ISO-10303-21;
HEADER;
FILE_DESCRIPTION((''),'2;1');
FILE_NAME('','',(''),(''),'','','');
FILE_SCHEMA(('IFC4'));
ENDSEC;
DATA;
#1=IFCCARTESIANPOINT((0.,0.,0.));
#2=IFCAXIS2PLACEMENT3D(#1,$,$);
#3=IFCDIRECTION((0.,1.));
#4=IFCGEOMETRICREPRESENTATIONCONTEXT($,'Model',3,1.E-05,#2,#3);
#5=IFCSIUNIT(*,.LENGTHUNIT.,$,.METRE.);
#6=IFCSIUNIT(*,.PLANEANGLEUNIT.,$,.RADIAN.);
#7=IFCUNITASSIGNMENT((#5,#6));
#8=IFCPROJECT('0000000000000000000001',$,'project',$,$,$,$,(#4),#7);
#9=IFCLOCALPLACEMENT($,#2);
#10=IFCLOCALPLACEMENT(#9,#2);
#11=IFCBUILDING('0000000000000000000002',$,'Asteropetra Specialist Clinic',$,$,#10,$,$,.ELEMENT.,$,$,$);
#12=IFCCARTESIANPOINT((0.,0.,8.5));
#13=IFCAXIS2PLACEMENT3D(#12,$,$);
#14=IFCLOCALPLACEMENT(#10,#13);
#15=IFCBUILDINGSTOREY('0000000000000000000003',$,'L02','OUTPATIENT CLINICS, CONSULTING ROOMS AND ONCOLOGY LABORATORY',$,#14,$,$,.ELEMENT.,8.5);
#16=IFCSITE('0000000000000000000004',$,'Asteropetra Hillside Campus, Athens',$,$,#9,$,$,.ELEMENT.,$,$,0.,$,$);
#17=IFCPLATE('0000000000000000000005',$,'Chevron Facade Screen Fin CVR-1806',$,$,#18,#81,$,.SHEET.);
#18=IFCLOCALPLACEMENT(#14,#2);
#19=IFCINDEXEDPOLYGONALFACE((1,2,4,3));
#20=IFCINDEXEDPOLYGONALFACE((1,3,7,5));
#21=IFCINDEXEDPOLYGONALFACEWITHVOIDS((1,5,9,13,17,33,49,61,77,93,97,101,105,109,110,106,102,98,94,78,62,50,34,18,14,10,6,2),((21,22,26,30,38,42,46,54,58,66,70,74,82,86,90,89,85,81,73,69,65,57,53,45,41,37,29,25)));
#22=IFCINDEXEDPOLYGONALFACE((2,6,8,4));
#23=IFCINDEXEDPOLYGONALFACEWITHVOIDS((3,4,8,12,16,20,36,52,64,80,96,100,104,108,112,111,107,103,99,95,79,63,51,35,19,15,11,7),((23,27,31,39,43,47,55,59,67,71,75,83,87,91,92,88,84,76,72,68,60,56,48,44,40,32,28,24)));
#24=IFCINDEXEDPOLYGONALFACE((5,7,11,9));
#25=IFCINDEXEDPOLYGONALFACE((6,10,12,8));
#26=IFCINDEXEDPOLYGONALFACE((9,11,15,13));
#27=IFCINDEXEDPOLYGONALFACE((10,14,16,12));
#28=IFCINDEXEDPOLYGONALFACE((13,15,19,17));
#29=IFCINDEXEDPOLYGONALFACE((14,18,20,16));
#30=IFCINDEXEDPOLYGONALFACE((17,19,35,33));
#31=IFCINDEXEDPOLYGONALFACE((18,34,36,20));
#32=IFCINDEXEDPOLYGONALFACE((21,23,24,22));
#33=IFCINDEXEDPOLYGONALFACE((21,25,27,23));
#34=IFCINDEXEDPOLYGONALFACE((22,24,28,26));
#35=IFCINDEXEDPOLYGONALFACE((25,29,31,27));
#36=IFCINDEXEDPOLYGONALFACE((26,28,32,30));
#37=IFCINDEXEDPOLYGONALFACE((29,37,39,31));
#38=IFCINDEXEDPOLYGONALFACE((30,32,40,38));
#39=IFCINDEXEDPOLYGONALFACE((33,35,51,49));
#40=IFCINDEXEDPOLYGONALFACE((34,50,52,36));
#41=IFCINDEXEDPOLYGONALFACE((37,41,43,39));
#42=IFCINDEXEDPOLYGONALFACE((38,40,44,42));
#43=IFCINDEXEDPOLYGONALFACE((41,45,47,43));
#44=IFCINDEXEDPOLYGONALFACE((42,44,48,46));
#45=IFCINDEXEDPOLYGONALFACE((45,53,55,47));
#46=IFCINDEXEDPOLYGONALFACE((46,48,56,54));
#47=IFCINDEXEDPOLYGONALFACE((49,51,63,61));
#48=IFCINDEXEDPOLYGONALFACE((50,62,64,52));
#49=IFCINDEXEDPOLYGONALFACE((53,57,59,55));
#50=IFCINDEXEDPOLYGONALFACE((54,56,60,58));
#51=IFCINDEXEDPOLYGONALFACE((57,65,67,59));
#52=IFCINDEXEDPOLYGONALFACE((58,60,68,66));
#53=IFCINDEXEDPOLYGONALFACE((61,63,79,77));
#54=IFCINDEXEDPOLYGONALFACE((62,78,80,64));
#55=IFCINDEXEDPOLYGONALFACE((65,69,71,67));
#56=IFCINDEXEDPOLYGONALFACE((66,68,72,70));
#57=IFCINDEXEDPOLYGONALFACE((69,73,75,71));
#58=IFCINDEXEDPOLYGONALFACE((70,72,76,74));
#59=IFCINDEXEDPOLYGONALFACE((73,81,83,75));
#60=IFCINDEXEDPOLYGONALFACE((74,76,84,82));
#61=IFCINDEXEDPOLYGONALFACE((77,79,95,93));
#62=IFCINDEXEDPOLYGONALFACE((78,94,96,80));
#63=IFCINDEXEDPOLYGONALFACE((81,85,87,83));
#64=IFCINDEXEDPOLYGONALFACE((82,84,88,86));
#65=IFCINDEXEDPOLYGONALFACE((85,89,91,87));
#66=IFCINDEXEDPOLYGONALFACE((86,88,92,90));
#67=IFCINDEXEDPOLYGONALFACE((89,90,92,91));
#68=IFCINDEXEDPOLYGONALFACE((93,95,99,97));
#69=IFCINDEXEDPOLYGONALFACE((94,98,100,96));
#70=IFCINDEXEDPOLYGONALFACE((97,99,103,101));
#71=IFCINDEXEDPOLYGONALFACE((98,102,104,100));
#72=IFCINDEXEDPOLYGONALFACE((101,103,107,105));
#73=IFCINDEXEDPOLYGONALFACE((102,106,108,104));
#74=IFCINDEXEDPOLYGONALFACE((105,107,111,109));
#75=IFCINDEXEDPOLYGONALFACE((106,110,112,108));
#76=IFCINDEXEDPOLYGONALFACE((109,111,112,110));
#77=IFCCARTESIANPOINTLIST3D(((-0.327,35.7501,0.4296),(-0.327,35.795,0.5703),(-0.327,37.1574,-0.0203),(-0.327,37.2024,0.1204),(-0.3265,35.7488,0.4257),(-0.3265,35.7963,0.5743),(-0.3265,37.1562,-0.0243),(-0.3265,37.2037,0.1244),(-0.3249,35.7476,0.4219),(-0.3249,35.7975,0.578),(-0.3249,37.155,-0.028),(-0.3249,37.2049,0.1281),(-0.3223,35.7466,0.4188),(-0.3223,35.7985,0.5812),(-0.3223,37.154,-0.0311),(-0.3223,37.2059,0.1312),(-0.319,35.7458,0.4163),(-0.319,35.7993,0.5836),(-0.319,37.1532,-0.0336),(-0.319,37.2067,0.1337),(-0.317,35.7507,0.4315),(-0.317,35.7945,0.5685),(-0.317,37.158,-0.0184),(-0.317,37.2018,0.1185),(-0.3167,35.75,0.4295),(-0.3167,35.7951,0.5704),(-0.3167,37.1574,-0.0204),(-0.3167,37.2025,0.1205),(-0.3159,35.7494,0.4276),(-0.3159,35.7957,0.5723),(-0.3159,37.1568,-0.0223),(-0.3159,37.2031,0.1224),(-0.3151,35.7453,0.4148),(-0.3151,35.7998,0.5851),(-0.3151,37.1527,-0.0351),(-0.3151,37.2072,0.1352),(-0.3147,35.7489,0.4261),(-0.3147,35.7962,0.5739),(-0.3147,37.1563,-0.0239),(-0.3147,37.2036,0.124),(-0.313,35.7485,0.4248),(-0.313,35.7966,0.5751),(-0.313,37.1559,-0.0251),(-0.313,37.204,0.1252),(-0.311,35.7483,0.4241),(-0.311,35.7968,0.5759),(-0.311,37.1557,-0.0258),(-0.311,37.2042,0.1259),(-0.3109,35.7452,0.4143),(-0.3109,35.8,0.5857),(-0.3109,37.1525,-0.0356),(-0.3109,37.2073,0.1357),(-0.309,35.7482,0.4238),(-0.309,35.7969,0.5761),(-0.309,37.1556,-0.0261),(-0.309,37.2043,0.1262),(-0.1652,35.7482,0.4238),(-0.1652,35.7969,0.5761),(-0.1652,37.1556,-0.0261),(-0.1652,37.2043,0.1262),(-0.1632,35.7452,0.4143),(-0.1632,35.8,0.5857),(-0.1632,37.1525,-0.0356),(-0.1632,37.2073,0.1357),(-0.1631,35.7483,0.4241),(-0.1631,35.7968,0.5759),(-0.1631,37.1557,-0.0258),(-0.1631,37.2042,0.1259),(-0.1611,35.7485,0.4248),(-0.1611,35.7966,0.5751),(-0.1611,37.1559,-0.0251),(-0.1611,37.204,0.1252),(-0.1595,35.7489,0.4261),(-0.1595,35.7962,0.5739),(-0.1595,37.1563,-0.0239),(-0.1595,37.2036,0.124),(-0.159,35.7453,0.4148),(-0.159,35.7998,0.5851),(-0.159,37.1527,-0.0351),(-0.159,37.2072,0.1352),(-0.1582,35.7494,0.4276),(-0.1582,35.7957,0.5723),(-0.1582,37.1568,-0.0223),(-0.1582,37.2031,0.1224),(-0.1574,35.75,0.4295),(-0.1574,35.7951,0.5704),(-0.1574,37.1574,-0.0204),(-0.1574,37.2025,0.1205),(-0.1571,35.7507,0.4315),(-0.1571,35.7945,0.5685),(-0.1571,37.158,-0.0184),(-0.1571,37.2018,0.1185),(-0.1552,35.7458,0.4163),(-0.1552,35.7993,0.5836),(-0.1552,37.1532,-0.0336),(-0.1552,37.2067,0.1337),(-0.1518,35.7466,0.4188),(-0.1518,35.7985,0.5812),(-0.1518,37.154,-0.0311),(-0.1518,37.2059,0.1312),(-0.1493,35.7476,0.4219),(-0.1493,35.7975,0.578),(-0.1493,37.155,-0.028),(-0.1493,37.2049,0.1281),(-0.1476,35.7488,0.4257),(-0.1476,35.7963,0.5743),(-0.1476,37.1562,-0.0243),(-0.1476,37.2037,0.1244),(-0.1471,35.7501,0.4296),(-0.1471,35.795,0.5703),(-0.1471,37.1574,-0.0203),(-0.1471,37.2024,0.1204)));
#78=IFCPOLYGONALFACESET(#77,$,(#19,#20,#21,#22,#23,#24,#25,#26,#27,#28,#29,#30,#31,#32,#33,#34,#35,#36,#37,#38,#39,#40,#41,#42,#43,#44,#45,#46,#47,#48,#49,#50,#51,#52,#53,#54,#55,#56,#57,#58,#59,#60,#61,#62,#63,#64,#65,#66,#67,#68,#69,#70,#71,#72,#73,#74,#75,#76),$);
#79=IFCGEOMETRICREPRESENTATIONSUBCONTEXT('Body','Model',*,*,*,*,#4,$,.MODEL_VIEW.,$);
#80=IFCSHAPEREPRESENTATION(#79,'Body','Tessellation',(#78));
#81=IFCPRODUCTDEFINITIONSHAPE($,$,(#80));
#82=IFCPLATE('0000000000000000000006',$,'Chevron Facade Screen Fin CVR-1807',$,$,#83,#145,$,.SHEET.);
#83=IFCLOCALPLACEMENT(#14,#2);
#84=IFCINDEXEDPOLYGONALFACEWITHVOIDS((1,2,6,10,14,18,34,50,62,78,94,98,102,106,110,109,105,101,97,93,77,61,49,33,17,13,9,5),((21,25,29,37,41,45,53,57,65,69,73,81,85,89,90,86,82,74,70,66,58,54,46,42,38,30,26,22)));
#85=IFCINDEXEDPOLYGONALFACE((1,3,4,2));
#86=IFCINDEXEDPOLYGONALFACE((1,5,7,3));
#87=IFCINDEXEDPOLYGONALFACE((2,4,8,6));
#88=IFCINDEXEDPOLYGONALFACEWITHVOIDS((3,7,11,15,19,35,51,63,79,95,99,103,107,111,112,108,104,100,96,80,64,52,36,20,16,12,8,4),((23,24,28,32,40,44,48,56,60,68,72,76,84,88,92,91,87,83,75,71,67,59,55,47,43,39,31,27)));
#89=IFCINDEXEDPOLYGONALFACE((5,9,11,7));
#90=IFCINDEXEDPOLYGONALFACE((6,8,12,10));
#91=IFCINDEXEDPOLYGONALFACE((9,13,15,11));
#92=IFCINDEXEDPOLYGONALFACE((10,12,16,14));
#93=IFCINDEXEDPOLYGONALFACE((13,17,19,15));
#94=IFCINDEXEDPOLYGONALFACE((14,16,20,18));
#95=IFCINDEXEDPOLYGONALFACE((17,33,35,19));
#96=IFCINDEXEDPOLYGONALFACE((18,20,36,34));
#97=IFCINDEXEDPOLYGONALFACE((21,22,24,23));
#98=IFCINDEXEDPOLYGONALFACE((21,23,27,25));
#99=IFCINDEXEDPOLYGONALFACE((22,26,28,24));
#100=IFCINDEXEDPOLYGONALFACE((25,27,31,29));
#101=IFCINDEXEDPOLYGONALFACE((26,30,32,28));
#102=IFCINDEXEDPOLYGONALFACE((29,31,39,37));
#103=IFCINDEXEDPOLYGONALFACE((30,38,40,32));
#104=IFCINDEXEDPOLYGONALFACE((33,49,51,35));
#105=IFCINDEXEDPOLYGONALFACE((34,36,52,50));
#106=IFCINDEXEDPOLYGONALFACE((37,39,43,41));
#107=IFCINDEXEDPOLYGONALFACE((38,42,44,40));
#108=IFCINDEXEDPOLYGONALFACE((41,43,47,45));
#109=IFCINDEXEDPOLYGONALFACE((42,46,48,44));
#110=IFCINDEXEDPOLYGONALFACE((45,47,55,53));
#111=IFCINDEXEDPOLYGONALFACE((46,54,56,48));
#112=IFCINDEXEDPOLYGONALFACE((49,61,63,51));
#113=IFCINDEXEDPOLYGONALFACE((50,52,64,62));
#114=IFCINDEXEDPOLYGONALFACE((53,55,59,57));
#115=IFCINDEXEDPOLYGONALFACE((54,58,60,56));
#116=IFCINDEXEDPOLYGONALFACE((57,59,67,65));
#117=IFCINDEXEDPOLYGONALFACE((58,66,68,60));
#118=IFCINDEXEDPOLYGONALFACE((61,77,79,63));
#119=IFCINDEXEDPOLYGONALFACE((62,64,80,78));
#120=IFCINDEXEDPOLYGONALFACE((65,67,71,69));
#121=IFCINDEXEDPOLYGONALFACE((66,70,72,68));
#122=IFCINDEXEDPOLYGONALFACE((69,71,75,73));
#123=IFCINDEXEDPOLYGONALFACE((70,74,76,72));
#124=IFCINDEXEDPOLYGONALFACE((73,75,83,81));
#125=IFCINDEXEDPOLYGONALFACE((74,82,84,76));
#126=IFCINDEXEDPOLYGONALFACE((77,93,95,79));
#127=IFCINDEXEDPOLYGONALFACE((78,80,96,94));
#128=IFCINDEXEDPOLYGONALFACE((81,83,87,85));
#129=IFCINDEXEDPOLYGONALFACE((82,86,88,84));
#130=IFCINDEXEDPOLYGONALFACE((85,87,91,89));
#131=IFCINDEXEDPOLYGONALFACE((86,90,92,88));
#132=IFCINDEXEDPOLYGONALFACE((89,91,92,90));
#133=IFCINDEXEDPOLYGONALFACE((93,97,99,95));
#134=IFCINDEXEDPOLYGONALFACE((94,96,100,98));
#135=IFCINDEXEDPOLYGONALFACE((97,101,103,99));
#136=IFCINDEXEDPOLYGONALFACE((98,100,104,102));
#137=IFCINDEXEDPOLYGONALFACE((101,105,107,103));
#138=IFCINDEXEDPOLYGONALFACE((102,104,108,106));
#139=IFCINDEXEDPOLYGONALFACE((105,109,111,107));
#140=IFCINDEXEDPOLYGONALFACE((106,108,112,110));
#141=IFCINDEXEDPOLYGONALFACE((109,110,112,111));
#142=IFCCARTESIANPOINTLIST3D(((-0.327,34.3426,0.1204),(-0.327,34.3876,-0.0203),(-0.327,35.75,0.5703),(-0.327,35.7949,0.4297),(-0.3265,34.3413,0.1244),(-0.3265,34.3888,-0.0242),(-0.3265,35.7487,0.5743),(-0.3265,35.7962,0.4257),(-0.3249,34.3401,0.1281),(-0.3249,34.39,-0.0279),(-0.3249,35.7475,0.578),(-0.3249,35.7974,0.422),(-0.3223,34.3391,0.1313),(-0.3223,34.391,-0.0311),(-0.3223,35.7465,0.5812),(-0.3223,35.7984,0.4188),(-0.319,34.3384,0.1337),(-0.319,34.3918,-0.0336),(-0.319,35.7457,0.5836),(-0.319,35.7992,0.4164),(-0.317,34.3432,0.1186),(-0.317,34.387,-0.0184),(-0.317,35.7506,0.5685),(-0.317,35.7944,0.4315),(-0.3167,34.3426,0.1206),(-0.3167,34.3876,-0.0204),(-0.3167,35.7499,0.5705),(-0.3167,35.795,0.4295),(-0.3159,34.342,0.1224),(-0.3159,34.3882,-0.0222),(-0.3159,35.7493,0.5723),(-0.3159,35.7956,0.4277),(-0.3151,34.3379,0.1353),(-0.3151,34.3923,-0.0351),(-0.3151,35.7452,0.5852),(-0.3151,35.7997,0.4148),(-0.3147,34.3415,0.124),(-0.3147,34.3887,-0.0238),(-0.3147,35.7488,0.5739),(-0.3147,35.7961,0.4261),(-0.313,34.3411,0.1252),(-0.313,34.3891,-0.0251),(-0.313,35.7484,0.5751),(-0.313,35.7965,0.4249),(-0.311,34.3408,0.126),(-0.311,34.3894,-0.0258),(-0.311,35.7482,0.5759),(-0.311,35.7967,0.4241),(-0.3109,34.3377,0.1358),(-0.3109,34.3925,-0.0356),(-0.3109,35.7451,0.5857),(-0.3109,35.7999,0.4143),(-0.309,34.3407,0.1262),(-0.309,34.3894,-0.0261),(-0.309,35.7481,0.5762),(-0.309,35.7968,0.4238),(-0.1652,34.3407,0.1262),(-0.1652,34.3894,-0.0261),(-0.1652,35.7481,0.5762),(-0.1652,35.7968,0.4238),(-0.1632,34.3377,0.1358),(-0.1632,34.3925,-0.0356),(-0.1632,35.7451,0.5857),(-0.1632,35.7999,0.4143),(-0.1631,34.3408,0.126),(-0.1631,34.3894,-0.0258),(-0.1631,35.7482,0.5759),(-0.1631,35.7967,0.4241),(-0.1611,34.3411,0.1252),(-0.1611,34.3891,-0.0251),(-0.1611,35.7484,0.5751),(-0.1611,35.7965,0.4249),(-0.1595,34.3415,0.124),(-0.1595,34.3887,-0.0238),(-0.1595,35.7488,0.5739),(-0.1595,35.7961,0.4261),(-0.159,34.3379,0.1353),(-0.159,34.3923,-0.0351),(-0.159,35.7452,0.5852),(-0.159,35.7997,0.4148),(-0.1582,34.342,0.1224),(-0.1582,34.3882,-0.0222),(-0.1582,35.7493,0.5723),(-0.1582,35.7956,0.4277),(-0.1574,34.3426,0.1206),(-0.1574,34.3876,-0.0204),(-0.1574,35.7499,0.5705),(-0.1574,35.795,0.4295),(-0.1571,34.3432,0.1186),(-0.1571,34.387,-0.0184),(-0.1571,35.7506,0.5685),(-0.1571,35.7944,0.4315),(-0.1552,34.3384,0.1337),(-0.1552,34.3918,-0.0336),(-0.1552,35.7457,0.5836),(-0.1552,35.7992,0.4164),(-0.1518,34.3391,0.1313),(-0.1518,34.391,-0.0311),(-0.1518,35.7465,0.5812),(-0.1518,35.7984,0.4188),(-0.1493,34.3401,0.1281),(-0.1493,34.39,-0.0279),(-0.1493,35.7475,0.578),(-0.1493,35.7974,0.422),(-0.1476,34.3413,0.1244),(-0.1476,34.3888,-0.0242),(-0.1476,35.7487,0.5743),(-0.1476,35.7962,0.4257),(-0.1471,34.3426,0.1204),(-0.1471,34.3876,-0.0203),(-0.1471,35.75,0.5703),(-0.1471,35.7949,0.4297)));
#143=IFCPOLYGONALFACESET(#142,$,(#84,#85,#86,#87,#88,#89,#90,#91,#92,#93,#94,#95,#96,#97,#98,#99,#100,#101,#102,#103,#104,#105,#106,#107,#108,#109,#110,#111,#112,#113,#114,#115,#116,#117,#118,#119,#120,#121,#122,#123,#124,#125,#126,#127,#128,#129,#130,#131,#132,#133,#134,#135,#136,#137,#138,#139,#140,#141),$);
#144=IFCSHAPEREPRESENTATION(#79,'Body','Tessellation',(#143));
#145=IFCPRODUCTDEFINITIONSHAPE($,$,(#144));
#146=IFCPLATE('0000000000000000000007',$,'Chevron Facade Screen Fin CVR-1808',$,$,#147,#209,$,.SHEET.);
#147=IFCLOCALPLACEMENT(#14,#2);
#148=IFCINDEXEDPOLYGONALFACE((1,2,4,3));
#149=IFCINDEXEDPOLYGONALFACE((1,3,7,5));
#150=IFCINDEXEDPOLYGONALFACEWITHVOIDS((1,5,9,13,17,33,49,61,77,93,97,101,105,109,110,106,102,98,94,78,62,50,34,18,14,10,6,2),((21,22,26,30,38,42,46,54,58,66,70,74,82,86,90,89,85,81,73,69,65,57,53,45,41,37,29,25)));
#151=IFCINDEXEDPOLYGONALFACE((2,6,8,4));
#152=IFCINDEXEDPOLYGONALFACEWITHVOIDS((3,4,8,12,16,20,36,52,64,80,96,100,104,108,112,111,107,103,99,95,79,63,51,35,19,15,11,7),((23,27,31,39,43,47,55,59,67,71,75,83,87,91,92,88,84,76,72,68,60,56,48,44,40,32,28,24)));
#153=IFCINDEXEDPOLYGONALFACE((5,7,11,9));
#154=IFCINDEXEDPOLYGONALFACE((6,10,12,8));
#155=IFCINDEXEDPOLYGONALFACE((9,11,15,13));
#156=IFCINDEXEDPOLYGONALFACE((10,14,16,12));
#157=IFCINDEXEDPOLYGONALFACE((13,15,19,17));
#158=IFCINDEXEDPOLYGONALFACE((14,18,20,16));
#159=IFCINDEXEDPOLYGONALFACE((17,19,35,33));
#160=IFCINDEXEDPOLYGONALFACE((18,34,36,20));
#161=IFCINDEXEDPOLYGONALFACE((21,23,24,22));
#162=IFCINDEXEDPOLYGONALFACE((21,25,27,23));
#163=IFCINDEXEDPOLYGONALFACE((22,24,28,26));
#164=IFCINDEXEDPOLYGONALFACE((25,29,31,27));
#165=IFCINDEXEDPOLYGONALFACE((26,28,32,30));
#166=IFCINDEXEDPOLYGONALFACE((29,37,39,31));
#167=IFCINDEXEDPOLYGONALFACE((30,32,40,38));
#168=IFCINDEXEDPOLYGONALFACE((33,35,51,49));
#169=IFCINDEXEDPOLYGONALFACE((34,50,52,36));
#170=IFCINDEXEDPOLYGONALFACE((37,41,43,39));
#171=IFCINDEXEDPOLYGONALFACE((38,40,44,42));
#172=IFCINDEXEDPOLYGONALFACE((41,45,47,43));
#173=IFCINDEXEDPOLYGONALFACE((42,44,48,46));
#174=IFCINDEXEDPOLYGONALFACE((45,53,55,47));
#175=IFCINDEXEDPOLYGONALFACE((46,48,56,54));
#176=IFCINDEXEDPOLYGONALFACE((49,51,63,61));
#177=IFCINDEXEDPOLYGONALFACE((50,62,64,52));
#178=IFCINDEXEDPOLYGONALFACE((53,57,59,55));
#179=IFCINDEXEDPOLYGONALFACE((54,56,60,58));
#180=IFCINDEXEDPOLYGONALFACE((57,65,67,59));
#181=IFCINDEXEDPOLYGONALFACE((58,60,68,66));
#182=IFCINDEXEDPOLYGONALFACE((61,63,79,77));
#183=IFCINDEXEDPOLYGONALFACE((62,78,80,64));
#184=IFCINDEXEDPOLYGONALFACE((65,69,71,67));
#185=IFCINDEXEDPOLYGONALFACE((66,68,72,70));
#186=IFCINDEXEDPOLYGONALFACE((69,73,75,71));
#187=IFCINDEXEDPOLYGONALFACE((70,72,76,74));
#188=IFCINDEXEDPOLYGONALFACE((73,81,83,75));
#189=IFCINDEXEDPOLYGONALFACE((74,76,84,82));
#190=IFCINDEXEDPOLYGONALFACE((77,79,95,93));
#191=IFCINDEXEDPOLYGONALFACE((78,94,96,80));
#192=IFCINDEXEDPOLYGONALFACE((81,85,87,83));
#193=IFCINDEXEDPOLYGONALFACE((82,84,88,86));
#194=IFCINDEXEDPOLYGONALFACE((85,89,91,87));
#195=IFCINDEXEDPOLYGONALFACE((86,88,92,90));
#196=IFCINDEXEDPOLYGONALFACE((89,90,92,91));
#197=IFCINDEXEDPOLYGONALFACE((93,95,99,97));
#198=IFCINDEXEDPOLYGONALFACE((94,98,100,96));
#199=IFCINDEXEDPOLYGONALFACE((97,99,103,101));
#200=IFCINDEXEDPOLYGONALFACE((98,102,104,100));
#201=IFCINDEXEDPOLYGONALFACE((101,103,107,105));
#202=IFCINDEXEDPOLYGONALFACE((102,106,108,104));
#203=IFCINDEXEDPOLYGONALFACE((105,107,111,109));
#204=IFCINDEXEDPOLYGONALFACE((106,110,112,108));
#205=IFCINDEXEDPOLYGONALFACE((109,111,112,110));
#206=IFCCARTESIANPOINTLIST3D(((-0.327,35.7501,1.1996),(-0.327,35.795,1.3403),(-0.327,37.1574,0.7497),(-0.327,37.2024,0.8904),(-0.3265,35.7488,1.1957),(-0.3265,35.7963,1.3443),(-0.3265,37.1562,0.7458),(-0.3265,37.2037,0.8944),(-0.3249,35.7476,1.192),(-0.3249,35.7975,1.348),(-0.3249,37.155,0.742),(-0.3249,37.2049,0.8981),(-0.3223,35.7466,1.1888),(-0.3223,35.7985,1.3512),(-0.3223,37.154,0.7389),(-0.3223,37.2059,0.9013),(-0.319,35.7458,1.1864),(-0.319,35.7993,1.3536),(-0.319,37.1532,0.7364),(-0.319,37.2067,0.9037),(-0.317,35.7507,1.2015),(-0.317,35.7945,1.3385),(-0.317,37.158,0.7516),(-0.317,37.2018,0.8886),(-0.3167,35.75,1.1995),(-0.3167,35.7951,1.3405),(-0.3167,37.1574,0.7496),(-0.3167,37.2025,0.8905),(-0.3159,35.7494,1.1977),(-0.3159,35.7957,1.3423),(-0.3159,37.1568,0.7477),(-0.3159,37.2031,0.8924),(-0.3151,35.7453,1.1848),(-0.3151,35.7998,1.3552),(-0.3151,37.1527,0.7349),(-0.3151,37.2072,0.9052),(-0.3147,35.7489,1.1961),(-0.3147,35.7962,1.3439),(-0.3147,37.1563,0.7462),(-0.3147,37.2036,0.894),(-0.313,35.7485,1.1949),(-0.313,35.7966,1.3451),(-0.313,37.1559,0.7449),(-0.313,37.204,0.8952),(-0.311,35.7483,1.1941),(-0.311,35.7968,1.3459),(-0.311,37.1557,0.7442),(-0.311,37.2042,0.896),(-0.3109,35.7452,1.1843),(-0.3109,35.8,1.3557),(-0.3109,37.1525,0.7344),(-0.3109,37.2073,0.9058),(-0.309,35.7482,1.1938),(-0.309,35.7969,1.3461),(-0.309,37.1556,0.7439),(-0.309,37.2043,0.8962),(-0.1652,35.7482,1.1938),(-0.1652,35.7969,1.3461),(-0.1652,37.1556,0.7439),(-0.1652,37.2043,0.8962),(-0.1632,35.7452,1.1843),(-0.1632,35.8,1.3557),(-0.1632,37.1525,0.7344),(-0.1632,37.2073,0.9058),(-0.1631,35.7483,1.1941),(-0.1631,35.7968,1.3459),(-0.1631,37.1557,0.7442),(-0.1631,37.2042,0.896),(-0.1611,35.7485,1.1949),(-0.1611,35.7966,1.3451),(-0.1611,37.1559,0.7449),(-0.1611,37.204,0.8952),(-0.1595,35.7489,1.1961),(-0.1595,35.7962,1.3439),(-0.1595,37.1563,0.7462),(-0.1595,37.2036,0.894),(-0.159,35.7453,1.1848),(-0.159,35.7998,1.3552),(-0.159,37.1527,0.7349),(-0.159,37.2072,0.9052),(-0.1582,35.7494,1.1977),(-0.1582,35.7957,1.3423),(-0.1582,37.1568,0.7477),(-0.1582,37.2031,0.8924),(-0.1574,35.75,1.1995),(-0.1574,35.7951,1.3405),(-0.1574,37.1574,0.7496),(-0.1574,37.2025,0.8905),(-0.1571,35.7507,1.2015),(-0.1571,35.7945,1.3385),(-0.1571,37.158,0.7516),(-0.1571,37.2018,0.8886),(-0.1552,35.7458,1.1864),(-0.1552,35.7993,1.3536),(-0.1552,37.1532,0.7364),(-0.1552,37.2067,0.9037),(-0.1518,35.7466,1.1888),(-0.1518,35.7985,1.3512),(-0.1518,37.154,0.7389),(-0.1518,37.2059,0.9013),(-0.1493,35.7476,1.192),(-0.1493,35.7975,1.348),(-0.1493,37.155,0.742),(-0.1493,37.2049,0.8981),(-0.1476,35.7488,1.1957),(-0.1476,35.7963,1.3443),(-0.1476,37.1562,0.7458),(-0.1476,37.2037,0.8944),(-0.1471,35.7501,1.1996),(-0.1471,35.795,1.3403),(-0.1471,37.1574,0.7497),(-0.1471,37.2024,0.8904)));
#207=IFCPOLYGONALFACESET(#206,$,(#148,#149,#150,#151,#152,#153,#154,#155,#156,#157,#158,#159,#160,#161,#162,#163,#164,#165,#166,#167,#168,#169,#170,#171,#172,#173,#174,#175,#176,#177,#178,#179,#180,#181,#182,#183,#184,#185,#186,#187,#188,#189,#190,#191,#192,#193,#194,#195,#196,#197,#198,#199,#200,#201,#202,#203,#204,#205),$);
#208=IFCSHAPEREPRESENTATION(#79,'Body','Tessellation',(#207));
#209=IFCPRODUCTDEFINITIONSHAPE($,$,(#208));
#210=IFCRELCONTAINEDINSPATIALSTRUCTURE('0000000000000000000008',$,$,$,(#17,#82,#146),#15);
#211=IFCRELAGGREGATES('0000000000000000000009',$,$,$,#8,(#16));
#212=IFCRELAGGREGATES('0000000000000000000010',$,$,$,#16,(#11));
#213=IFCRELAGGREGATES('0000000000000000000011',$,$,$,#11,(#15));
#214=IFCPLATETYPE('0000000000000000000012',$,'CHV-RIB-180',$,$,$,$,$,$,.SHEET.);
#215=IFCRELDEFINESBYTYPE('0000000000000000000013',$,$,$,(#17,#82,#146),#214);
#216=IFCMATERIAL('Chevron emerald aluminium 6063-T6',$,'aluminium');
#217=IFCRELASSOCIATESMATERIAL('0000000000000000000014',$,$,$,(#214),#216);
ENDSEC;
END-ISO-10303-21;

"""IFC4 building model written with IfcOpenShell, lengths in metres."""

from ifc_helpers import new_model, si_unit, direction, frame, origin, origin_2d, place, context, subcontext, project, spatial, hollow_rectangle, extrude, material, material_profile, profile_set, type_object, element, save


model = new_model("IFC4")

# Units and contexts
model_context = context("Model", 3, precision=1e-05, world=origin(), true_north=direction((0.0, 1.0)))
body_context = subcontext(model_context, "Body", "Model", "MODEL_VIEW")
ifc_project = project(units=[si_unit("LENGTHUNIT", "METRE"), si_unit("PLANEANGLEUNIT", "RADIAN")], contexts=[model_context])

# Site, building, storey
site_placement = place(None, origin())
site = spatial("IfcSite", under=ifc_project, at=site_placement, Name="Asteropetra Hillside Campus, Athens", CompositionType="ELEMENT", RefElevation=0.0)
building_placement = place(site_placement, origin())
building = spatial("IfcBuilding", under=site, at=building_placement, Name="Asteropetra Specialist Clinic", CompositionType="ELEMENT")
storey_placement = place(building_placement, frame((0.0, 0.0, 8.5)))
storey = spatial("IfcBuildingStorey", under=building, at=storey_placement, Name="L02", Description="OUTPATIENT CLINICS, CONSULTING ROOMS AND ONCOLOGY LABORATORY", CompositionType="ELEMENT", Elevation=8.5)

# Plates
ifc_material_1 = material(Name="Chevron emerald aluminium 6063-T6", Category="aluminium")
ifc_material_profile = material_profile(ifc_material_1, hollow_rectangle(XDim=0.1799, YDim=0.1799, WallThickness=0.01, InnerFilletRadius=0.0081, OuterFilletRadius=0.0161, at=origin_2d()), Name="SHS 180x180x10.0")
ifc_profile_set = profile_set([ifc_material_profile], Name="Chevron emerald aluminium 6063-T6")
plate_type_1 = type_object("IfcPlateType", Name="CHV-RIB-180", PredefinedType="SHEET", material=ifc_profile_set)
for number, where, z_axis, x_axis, name in (
    (1, (-0.2371, 37.1799, 0.05), (0.0, -0.95251, 0.304506), (1.0, 0.0, 0.0), "Chevron Facade Screen Fin CVR-1806"),
    (2, (-0.2371, 35.7725, 0.5), (0.0, -0.95251, -0.304506), (1.0, 0.0, 0.0), "Chevron Facade Screen Fin CVR-1807"),
    (3, (-0.2371, 37.1799, 0.8201), (0.0, -0.95251, 0.304506), (1.0, 0.0, 0.0), "Chevron Facade Screen Fin CVR-1808"),
):
    element("IfcPlate", number, at=place(storey_placement, frame(where, z_axis=z_axis, x_axis=x_axis)), inside=storey, type_object=plate_type_1, Name=name, PredefinedType="SHEET", context=body_context, shape_type="SweptSolid", body=[
        extrude(hollow_rectangle(XDim=0.1799, YDim=0.1799, WallThickness=0.01, InnerFilletRadius=0.0081, OuterFilletRadius=0.0161, at=origin_2d()), origin(), (0.0, 0.0, 1.0), 1.4775),
    ])

save(model, "model.ifc")
